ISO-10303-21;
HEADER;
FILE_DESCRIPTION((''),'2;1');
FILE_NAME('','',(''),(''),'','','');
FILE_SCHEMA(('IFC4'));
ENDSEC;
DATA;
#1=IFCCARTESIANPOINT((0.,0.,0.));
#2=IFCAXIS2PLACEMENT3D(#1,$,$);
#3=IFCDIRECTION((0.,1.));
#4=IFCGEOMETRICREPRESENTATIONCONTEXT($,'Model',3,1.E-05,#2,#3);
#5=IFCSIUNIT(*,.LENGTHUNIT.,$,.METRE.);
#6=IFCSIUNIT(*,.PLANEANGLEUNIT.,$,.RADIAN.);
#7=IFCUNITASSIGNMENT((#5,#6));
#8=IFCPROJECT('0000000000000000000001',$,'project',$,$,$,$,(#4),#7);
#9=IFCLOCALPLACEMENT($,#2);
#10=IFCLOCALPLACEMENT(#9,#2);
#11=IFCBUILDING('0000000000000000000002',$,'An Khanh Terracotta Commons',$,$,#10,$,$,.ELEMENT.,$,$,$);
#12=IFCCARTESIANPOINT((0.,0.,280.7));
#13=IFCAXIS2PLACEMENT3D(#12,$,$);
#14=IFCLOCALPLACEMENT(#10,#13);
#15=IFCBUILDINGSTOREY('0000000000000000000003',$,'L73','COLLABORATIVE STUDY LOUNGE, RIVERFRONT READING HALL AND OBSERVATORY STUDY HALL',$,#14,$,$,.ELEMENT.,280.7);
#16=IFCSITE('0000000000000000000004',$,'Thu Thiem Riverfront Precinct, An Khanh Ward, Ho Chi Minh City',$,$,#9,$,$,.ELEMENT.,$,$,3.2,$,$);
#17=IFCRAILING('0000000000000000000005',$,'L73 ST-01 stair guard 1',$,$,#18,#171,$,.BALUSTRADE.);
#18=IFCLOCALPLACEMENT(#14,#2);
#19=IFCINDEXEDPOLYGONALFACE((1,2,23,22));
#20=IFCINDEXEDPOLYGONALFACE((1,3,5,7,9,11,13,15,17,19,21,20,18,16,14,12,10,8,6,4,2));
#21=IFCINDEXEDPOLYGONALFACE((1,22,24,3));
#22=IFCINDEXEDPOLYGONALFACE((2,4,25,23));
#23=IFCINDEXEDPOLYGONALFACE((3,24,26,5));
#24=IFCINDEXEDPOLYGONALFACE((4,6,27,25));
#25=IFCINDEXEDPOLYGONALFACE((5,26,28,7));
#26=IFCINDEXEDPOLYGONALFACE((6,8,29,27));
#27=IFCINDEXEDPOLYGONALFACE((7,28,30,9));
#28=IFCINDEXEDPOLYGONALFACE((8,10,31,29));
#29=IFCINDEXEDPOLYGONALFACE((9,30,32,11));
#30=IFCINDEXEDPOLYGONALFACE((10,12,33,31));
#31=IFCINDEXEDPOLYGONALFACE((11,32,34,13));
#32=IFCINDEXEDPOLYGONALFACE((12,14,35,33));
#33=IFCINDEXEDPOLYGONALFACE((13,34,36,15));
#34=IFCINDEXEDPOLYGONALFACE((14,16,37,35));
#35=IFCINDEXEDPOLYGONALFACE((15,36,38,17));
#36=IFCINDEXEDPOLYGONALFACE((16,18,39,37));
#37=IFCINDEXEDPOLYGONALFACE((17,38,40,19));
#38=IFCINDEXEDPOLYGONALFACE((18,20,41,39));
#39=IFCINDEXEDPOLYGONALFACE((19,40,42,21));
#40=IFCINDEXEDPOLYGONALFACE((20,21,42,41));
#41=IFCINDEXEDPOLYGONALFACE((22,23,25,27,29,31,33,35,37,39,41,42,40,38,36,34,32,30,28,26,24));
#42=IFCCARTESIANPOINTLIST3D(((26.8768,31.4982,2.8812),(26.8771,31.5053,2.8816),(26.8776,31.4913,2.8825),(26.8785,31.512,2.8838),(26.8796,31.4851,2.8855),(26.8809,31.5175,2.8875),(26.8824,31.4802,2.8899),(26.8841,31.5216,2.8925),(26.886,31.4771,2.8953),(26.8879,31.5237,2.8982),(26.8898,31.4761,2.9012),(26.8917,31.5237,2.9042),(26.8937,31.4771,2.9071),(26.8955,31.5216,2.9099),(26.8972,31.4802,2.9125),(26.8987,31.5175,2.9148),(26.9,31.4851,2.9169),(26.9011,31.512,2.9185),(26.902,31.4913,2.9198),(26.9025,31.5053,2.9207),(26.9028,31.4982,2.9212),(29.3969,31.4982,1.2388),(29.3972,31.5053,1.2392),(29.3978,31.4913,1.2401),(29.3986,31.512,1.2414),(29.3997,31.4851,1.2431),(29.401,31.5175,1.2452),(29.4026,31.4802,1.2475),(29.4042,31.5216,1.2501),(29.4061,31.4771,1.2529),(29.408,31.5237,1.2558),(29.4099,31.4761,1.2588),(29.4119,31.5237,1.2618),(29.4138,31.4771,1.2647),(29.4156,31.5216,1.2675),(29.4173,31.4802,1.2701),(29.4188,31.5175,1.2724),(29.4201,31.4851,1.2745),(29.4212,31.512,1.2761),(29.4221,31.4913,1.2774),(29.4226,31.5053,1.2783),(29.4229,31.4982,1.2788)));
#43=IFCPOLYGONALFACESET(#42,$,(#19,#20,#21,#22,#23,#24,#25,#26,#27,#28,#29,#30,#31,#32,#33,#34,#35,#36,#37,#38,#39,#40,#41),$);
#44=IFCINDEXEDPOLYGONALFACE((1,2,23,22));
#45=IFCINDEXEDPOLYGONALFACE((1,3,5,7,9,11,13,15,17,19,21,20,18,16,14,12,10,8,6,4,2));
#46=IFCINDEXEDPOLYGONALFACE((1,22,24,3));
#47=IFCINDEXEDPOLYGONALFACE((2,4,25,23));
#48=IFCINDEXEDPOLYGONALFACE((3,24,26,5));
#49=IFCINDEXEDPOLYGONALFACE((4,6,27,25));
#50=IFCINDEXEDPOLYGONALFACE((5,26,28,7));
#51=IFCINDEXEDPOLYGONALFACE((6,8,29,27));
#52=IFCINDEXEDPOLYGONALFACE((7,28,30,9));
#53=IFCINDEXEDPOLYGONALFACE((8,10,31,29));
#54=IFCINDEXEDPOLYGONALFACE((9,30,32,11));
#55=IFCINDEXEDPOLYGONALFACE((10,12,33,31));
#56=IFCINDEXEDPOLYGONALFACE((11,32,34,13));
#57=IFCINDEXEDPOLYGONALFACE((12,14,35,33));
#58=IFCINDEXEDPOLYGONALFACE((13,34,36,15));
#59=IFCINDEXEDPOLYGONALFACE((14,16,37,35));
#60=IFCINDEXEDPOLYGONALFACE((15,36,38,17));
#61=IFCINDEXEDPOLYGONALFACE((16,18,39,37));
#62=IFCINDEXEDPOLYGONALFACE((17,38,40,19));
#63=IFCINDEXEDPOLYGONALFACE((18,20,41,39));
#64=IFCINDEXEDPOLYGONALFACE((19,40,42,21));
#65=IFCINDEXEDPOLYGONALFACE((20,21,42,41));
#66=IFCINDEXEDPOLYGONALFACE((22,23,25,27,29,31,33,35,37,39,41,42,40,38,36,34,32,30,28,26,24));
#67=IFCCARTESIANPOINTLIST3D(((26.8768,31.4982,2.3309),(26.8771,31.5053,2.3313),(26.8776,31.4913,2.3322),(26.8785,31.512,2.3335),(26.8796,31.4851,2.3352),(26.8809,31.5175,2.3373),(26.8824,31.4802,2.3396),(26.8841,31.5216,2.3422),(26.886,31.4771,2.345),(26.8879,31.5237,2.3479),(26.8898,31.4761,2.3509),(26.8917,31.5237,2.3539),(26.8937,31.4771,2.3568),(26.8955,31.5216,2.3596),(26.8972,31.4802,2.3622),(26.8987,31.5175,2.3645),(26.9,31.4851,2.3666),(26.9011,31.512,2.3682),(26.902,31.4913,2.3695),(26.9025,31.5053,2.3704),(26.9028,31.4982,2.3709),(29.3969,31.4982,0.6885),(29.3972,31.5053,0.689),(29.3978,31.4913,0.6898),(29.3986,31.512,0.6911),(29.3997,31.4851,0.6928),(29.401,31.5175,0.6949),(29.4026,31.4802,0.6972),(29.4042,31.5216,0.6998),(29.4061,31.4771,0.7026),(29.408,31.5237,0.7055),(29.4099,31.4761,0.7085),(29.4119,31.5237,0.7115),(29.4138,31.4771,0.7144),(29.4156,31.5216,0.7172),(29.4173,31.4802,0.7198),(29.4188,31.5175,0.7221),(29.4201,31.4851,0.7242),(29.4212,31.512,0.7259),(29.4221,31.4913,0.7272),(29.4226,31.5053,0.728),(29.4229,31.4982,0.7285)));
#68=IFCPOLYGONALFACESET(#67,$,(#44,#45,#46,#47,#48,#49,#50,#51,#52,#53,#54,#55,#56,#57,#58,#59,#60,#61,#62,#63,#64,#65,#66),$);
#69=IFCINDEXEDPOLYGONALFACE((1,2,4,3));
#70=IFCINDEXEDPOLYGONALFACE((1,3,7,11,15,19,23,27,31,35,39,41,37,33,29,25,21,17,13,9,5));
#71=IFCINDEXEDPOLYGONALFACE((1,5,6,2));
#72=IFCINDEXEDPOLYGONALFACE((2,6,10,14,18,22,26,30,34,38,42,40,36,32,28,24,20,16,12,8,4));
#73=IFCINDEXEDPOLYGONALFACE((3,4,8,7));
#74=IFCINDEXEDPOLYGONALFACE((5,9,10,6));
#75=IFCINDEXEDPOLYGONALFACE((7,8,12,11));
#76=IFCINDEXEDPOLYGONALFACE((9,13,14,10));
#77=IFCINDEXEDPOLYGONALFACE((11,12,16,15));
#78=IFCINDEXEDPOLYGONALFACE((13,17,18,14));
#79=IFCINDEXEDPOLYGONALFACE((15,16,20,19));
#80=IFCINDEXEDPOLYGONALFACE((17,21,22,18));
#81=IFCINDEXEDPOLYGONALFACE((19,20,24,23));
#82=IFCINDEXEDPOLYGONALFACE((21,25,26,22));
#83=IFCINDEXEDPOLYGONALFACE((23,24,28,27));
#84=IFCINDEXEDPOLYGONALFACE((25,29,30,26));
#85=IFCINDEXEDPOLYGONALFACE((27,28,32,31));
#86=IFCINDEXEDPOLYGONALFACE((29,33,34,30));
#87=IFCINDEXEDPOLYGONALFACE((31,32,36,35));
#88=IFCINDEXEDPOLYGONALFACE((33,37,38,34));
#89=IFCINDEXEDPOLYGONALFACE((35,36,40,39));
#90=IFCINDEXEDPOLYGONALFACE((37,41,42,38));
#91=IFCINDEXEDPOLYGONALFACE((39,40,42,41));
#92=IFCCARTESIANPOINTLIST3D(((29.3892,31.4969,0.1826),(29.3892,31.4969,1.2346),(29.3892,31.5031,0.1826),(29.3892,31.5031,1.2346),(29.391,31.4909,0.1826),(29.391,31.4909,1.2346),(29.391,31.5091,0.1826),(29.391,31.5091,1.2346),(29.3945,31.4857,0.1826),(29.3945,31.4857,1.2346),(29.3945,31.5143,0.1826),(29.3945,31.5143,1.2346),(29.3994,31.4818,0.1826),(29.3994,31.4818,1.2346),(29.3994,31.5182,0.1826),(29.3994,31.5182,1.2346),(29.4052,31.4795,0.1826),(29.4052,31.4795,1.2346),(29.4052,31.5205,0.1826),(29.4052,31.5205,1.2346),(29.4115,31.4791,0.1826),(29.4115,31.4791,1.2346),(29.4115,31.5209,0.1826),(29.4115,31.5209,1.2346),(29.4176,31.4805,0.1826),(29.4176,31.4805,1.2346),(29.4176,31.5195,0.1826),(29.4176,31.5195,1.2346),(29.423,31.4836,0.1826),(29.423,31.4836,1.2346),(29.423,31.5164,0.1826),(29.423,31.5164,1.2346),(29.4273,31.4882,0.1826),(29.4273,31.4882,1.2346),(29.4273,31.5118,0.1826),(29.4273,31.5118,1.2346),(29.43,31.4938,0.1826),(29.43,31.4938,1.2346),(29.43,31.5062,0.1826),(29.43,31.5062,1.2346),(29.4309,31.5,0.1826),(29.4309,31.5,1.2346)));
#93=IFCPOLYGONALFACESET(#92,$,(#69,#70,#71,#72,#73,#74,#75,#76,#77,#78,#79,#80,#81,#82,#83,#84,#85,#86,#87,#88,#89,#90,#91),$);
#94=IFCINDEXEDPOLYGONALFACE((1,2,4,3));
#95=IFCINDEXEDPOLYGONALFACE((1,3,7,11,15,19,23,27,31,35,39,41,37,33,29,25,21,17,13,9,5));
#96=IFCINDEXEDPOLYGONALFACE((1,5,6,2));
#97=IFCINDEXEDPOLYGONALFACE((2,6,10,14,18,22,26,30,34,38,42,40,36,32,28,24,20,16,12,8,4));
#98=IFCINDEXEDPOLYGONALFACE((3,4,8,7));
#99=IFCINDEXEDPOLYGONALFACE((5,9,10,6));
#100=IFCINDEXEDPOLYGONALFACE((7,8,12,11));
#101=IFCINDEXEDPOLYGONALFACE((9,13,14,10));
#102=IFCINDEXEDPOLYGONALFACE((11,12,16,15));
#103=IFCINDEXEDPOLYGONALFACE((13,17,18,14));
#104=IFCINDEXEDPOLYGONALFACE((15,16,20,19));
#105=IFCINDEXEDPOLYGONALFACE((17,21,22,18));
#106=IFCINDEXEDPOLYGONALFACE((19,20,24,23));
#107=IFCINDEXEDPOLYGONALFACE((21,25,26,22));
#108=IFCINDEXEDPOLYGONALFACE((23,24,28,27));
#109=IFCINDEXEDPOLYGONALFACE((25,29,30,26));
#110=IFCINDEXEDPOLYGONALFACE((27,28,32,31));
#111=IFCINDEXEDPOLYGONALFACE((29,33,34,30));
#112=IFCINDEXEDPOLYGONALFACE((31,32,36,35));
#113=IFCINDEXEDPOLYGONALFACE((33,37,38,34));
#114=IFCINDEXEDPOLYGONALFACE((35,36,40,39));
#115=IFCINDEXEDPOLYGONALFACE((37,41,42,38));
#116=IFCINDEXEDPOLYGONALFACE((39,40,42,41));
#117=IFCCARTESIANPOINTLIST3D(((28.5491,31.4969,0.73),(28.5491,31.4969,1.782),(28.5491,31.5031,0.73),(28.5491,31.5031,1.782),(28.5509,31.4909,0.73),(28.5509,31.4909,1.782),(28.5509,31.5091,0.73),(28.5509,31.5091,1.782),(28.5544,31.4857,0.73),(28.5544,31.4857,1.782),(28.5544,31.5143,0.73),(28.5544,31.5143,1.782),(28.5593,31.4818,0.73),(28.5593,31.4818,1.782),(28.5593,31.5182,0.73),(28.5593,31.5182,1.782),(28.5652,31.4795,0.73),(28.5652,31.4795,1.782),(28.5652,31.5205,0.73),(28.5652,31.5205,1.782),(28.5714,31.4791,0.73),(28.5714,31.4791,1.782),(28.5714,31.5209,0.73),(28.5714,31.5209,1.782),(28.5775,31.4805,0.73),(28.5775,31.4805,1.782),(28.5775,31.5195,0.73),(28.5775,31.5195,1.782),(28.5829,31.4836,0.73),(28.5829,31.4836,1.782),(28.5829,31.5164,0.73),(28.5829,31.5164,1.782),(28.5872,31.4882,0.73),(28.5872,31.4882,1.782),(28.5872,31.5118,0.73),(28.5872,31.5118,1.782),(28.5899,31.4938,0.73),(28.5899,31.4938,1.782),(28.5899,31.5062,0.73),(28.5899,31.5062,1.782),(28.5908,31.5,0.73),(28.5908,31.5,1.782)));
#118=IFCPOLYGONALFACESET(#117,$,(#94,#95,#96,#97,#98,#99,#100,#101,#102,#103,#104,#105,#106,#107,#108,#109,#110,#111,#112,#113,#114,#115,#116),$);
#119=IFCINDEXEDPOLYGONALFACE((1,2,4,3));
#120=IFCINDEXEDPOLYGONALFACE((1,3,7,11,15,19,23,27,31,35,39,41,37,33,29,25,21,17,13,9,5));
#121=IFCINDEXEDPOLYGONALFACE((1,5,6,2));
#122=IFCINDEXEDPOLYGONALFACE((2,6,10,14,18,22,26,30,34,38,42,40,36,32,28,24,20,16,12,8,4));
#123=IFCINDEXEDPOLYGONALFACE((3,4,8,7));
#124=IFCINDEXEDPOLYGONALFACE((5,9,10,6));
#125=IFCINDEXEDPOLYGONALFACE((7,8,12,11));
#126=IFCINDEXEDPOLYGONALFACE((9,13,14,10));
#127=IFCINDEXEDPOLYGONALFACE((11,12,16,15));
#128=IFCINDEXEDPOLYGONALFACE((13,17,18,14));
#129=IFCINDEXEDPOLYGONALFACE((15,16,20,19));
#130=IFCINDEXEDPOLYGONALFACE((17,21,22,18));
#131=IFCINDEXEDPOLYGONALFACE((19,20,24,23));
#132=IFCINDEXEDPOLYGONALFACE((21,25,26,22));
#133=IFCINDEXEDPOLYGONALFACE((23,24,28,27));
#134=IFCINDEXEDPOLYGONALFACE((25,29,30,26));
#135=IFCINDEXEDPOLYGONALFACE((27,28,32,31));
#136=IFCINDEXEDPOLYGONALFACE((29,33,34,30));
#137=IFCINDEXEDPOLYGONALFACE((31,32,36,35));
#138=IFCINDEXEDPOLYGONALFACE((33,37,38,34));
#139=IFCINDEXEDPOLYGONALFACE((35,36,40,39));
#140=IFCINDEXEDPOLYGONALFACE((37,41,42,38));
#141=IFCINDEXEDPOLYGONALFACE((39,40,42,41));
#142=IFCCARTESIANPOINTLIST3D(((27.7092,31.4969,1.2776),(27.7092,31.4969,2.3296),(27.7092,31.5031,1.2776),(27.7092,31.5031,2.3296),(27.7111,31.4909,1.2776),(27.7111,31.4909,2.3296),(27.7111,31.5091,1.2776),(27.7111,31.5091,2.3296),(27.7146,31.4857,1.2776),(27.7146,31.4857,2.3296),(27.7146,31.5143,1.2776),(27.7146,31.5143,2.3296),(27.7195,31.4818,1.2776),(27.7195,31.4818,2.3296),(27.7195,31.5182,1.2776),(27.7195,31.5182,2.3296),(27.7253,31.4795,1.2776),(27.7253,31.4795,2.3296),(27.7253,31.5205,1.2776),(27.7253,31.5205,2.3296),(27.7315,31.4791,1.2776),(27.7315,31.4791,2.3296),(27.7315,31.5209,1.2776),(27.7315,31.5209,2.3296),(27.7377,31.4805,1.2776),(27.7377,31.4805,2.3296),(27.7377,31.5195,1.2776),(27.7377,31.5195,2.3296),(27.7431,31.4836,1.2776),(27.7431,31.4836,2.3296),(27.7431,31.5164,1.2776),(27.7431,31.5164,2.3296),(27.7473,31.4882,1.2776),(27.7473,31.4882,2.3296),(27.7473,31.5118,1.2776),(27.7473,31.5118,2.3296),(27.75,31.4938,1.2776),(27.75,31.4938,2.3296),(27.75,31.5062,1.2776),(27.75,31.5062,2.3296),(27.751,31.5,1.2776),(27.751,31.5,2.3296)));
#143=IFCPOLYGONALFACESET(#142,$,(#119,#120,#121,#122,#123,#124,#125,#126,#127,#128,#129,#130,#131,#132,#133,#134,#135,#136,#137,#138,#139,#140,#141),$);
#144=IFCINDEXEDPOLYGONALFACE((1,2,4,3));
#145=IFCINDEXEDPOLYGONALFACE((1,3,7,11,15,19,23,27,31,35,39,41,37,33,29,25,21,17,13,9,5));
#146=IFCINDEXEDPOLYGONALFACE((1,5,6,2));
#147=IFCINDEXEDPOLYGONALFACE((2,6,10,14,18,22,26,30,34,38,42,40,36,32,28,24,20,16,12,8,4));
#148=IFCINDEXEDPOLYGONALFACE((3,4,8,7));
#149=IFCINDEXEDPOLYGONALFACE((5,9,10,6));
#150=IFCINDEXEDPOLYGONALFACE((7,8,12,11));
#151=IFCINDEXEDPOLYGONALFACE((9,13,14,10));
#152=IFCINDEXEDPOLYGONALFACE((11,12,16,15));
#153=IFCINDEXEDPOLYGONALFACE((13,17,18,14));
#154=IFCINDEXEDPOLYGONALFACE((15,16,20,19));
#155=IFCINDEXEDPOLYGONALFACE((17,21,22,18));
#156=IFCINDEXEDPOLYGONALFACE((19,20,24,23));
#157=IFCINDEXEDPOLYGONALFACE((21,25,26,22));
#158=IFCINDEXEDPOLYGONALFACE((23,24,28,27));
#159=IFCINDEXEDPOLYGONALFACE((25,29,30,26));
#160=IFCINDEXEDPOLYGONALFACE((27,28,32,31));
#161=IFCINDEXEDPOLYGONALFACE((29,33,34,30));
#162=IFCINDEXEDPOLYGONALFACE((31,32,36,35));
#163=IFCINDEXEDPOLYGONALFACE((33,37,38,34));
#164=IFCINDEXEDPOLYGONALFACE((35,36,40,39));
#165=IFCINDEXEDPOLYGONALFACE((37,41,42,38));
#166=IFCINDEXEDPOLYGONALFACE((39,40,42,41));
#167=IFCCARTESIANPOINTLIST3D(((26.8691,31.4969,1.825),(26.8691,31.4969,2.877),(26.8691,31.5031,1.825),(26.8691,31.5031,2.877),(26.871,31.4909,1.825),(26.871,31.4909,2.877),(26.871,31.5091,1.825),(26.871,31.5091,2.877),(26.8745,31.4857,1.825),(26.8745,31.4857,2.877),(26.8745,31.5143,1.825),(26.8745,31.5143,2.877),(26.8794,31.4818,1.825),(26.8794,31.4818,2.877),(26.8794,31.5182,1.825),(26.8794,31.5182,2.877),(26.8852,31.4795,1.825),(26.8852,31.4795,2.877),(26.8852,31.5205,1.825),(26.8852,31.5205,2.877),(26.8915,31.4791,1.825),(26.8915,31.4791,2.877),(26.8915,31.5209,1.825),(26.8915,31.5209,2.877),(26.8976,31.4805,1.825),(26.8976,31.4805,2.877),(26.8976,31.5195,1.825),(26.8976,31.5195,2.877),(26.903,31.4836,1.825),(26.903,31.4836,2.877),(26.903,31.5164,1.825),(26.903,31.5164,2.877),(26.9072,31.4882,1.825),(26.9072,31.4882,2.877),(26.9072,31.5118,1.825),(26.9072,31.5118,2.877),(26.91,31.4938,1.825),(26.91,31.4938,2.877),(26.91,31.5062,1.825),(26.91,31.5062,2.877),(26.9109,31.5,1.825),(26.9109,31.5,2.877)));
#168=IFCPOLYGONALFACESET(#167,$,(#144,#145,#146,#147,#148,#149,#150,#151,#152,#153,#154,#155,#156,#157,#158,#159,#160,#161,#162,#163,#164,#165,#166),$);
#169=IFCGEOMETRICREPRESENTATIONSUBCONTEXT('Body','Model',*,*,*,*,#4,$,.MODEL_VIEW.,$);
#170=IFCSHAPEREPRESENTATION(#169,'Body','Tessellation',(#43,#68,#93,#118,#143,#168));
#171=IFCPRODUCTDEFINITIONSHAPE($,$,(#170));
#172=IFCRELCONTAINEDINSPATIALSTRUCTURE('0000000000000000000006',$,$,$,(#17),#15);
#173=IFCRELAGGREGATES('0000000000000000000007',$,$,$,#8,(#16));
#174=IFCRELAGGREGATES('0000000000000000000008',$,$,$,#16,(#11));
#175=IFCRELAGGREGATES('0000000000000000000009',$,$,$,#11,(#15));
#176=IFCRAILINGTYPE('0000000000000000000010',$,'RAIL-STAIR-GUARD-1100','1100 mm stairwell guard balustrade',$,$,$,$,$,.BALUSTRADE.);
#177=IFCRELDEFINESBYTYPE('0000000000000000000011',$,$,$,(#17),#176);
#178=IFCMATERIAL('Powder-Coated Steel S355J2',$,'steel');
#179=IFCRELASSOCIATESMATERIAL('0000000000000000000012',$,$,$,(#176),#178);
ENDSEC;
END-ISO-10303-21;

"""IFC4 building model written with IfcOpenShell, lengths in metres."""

from ifc_helpers import new_model, si_unit, direction, frame, origin, origin_2d, place, context, subcontext, project, spatial, circle, extrude, material, type_object, element, save


model = new_model("IFC4")

# Units and contexts
model_context = context("Model", 3, precision=1e-05, world=origin(), true_north=direction((0.0, 1.0)))
body_context = subcontext(model_context, "Body", "Model", "MODEL_VIEW")
ifc_project = project(units=[si_unit("LENGTHUNIT", "METRE"), si_unit("PLANEANGLEUNIT", "RADIAN")], contexts=[model_context])

# Site, building, storey
site_placement = place(None, origin())
site = spatial("IfcSite", under=ifc_project, at=site_placement, Name="Thu Thiem Riverfront Precinct, An Khanh Ward, Ho Chi Minh City", CompositionType="ELEMENT", RefElevation=3.2)
building_placement = place(site_placement, origin())
building = spatial("IfcBuilding", under=site, at=building_placement, Name="An Khanh Terracotta Commons", CompositionType="ELEMENT")
storey_placement = place(building_placement, frame((0.0, 0.0, 280.7)))
storey = spatial("IfcBuildingStorey", under=building, at=storey_placement, Name="L73", Description="COLLABORATIVE STUDY LOUNGE, RIVERFRONT READING HALL AND OBSERVATORY STUDY HALL", CompositionType="ELEMENT", Elevation=280.7)

# Railing
ifc_material_1 = material(Name="Powder-Coated Steel S355J2", Category="steel")
railing_type_1 = type_object("IfcRailingType", Name="RAIL-STAIR-GUARD-1100", Description="1100 mm stairwell guard balustrade", PredefinedType="BALUSTRADE", material=ifc_material_1)
railing_1_placement = place(storey_placement, frame((29.4099, 31.5, 0.1826)))
element("IfcRailing", 1, at=railing_1_placement, inside=storey, type_object=railing_type_1, Name="L73 ST-01 stair guard 1", PredefinedType="BALUSTRADE", context=body_context, shape_type="SweptSolid", body=[
    extrude(circle(Radius=0.0239, at=origin_2d()), frame((0.0, 0.0, 1.0762), z_axis=(-0.837787, 0.0, 0.545998), x_axis=(0.0, -1.0, 0.0)), (0.0, 0.0, 1.0), 3.0081),
    extrude(circle(Radius=0.0239, at=origin_2d()), frame((0.0, 0.0, 0.5259), z_axis=(-0.837787, 0.0, 0.545998), x_axis=(0.0, -1.0, 0.0)), (0.0, 0.0, 1.0), 3.0081),
    extrude(circle(Radius=0.021, at=origin_2d()), origin(), (0.0, 0.0, 1.0), 1.052),
    extrude(circle(Radius=0.021, at=origin_2d()), frame((-0.8401, 0.0, 0.5474)), (0.0, 0.0, 1.0), 1.052),
    extrude(circle(Radius=0.021, at=origin_2d()), frame((-1.6799, 0.0, 1.095)), (0.0, 0.0, 1.0), 1.052),
    extrude(circle(Radius=0.021, at=origin_2d()), frame((-2.52, 0.0, 1.6423)), (0.0, 0.0, 1.0), 1.052),
])

save(model, "model.ifc")
